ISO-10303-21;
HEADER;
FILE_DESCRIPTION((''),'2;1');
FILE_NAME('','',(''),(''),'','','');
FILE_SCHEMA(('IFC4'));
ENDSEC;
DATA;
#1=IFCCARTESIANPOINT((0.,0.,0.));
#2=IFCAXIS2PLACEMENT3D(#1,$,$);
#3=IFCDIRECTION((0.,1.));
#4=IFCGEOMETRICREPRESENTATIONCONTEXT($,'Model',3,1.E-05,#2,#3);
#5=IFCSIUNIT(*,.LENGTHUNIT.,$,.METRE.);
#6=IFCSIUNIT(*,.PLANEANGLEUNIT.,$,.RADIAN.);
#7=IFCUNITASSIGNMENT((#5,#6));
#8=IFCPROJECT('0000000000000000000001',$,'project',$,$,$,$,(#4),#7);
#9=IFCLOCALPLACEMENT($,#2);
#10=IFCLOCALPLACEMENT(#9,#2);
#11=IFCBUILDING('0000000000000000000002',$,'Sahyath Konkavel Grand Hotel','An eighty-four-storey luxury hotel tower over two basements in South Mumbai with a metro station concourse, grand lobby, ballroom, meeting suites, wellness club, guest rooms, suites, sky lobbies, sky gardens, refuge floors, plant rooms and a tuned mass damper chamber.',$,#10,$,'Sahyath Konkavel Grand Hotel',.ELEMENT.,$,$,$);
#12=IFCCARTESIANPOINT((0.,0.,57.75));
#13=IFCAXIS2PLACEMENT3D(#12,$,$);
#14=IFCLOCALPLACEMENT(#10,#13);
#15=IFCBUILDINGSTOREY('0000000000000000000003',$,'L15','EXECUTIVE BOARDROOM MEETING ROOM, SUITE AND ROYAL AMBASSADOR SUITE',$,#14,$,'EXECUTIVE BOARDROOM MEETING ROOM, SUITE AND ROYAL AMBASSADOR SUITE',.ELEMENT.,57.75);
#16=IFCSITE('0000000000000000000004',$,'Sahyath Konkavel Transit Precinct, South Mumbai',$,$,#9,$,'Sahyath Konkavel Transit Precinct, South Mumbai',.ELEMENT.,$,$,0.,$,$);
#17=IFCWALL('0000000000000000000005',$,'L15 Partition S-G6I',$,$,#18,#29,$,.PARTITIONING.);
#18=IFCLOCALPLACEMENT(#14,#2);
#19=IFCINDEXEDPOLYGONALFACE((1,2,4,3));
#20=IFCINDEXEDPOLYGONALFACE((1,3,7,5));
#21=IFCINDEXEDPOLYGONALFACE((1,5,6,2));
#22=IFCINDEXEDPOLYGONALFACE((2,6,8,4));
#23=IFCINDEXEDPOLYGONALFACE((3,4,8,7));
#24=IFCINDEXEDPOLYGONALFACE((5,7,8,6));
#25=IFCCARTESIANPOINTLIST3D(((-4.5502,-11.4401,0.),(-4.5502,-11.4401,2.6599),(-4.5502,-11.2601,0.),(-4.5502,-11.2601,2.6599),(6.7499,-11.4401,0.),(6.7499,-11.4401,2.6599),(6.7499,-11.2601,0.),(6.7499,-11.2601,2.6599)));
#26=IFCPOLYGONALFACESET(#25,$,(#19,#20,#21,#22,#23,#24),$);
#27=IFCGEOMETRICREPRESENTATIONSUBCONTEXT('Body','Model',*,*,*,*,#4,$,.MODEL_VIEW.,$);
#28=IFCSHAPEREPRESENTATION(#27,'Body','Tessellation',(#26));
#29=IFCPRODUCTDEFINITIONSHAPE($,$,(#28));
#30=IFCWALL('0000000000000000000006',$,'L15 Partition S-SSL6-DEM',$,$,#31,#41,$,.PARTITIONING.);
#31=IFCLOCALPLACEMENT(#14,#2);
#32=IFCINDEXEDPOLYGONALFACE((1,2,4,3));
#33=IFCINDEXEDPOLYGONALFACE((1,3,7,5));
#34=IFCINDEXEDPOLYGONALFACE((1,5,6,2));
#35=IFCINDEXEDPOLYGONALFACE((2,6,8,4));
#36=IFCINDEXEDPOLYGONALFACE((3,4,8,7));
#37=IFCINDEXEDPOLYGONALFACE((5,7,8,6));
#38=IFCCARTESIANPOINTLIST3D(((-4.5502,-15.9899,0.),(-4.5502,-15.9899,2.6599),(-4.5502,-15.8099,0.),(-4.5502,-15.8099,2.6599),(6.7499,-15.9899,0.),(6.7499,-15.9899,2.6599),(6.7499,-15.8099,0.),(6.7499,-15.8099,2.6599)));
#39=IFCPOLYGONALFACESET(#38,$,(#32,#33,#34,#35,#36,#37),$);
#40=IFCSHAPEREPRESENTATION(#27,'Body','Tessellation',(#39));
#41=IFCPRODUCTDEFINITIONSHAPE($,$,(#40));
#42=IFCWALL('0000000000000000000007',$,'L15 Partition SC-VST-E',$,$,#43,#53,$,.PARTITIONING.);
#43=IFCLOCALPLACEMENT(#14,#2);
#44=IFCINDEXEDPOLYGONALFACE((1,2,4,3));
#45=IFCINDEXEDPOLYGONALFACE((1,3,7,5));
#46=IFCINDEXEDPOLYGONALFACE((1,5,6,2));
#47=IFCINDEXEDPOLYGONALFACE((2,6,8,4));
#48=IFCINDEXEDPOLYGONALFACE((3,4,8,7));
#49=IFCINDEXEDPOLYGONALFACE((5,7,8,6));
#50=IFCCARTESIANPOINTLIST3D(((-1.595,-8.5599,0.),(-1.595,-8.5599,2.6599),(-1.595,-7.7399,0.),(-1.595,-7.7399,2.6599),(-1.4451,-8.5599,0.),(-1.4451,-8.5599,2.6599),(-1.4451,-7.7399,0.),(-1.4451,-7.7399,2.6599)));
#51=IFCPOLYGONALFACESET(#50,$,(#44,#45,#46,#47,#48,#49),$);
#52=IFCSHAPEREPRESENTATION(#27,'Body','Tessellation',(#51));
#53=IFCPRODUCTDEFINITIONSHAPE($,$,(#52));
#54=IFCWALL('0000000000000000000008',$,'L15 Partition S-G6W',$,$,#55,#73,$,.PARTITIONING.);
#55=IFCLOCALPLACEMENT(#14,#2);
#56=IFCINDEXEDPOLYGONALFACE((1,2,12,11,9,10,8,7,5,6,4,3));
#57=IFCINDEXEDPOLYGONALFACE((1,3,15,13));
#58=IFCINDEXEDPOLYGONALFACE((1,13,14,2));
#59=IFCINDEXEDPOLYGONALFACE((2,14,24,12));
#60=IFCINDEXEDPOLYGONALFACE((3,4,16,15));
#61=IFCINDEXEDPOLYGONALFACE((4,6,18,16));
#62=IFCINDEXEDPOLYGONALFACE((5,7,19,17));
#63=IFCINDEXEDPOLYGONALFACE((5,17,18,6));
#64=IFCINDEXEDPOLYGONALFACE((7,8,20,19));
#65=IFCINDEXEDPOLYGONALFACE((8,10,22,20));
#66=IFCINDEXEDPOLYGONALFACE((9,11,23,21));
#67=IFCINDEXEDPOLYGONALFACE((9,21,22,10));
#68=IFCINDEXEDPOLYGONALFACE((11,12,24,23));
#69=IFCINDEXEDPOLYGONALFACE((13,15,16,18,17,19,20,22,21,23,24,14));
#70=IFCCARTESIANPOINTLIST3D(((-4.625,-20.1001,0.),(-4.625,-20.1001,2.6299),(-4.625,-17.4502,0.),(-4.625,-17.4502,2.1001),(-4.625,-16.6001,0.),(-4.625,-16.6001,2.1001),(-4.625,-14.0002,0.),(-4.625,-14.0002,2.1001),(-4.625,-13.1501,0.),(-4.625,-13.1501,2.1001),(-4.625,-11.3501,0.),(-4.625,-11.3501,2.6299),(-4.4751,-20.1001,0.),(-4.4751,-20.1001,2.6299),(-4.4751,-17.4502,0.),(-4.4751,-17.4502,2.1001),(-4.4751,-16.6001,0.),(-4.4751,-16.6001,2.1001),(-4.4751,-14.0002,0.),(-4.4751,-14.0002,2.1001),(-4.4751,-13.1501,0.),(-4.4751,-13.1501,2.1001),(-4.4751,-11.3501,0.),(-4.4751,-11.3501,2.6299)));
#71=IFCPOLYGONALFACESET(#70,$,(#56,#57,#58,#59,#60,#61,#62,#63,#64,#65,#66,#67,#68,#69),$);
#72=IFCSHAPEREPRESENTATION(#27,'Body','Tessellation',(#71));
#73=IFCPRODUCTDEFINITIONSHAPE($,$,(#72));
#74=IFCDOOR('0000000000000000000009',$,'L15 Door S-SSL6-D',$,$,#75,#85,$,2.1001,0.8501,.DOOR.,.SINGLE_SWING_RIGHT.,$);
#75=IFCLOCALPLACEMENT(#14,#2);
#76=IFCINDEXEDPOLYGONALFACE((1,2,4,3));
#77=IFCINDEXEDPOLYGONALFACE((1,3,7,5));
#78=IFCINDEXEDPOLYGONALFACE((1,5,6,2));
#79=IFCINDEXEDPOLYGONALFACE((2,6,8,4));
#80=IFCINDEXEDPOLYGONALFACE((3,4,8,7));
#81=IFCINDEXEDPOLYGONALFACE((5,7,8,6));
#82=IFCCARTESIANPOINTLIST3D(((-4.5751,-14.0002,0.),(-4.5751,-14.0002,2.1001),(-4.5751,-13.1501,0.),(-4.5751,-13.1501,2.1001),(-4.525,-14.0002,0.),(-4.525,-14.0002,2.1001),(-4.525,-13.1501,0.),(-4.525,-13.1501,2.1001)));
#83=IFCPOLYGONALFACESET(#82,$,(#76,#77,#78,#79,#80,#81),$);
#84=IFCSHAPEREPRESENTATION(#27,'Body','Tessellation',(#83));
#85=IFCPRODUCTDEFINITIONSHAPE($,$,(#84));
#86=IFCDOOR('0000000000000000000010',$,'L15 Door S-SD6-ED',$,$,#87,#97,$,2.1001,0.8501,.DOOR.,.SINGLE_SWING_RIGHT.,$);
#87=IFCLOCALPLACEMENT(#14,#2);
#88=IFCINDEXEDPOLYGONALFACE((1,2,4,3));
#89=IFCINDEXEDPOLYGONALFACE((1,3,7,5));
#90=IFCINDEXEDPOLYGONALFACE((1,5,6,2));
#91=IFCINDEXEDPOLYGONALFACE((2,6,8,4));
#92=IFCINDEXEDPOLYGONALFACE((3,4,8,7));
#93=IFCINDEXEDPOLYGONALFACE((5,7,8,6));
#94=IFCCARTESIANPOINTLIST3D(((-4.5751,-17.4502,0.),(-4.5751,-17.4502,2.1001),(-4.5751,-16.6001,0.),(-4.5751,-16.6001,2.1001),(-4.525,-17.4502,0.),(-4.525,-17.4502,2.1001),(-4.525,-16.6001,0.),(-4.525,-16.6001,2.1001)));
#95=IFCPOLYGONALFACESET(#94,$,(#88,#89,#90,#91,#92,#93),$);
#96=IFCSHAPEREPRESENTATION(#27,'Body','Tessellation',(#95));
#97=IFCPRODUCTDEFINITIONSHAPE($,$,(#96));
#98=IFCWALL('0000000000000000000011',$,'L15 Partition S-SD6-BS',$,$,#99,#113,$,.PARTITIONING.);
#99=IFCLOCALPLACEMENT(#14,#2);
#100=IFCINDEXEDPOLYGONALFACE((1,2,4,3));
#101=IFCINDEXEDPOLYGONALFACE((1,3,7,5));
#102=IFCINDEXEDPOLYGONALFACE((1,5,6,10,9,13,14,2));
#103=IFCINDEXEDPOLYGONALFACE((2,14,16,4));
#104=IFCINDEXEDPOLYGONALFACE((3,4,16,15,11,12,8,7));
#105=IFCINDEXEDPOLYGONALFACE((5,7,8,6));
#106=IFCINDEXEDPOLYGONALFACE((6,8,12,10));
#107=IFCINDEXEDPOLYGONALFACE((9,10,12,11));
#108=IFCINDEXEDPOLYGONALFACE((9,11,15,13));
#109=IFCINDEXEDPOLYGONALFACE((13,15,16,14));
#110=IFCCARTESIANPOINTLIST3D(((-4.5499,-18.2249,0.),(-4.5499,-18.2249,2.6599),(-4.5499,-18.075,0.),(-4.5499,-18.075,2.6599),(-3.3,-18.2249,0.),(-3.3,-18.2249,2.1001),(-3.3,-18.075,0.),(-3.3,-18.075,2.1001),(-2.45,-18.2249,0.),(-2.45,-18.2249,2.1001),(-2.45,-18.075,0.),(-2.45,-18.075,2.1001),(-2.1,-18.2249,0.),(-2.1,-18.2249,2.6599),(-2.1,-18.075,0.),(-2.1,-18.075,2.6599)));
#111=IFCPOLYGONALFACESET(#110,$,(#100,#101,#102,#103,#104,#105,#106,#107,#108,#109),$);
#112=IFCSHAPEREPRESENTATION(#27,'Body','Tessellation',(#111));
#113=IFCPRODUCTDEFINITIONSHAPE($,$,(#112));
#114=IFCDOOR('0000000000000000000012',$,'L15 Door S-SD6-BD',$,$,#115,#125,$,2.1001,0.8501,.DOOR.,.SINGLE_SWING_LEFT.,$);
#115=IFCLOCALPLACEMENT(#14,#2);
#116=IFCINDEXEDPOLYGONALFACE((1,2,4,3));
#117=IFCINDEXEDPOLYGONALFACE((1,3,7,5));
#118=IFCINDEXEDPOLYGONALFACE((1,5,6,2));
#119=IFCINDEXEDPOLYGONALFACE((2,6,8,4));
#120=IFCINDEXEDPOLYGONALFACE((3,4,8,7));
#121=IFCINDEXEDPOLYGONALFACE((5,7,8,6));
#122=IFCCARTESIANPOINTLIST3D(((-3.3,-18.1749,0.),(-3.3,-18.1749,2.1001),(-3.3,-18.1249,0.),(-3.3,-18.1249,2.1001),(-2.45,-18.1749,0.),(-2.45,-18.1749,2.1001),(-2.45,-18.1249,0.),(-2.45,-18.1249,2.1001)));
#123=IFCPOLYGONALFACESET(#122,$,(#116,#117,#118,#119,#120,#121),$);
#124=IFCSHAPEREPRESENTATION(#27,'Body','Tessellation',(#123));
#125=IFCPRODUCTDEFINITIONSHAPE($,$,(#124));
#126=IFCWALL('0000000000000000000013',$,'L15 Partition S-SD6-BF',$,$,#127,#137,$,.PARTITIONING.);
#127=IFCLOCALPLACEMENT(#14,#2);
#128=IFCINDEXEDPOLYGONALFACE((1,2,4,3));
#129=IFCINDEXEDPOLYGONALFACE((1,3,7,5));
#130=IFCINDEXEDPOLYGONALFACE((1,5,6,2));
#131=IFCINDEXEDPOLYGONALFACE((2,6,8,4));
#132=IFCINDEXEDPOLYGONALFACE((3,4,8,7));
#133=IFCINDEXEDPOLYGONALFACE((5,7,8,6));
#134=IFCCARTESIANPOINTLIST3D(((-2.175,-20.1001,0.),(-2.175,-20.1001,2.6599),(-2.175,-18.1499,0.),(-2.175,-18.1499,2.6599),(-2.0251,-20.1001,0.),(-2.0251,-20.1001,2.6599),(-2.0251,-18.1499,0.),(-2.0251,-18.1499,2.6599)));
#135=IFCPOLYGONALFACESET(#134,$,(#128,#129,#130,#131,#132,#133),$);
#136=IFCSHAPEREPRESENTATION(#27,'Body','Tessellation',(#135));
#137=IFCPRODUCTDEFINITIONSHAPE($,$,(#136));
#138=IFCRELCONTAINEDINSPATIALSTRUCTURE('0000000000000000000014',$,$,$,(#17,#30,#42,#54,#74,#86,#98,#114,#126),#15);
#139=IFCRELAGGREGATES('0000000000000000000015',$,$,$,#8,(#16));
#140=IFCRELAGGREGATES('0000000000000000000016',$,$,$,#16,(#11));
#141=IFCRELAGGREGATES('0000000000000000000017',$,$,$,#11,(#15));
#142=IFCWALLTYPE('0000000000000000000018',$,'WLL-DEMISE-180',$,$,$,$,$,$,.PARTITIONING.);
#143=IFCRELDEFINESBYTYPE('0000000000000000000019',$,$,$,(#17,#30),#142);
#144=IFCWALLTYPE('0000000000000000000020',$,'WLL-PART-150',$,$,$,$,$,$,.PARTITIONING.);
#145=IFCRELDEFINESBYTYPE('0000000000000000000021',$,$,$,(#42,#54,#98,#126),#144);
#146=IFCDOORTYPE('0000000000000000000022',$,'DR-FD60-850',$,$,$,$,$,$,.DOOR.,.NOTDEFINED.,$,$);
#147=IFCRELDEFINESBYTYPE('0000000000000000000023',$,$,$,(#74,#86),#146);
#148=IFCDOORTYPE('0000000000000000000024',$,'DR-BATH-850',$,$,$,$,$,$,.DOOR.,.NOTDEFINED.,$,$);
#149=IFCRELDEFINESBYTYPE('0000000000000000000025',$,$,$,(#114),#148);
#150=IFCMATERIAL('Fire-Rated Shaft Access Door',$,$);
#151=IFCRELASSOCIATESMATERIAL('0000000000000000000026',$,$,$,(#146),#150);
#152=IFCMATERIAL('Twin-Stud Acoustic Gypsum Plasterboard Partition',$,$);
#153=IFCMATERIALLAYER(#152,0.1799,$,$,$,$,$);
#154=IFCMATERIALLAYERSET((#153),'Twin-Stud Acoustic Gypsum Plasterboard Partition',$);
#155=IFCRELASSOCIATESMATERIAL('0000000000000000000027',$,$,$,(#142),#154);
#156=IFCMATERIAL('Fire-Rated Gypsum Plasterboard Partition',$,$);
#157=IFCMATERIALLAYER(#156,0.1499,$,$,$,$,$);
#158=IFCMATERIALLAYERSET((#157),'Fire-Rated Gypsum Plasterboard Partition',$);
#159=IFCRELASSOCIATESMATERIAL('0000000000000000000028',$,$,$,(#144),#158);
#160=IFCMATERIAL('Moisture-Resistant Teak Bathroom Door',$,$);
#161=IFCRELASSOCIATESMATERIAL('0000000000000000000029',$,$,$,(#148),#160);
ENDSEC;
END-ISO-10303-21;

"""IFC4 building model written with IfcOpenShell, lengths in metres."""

from ifc_helpers import new_model, si_unit, direction, frame, frame_2d, origin, origin_2d, place, context, subcontext, project, spatial, rectangle, extrude, source, transform, mapped, material, layer, layer_set, type_object, element, fill, save


model = new_model("IFC4")

# Units and contexts
model_context = context("Model", 3, precision=1e-05, world=origin(), true_north=direction((0.0, 1.0)))
body_context = subcontext(model_context, "Body", "Model", "MODEL_VIEW")
ifc_project = project(units=[si_unit("LENGTHUNIT", "METRE"), si_unit("PLANEANGLEUNIT", "RADIAN")], contexts=[model_context])

# Site, building, storey
site_placement = place(None, origin())
site = spatial("IfcSite", under=ifc_project, at=site_placement, Name="Sahyath Konkavel Transit Precinct, South Mumbai", LongName="Sahyath Konkavel Transit Precinct, South Mumbai", CompositionType="ELEMENT", RefElevation=0.0)
building_placement = place(site_placement, origin())
building = spatial("IfcBuilding", under=site, at=building_placement, Name="Sahyath Konkavel Grand Hotel", Description="An eighty-four-storey luxury hotel tower over two basements in South Mumbai with a metro station concourse, grand lobby, ballroom, meeting suites, wellness club, guest rooms, suites, sky lobbies, sky gardens, refuge floors, plant rooms and a tuned mass damper chamber.", LongName="Sahyath Konkavel Grand Hotel", CompositionType="ELEMENT")
storey_placement = place(building_placement, frame((0.0, 0.0, 57.75)))
storey = spatial("IfcBuildingStorey", under=building, at=storey_placement, Name="L15", Description="EXECUTIVE BOARDROOM MEETING ROOM, SUITE AND ROYAL AMBASSADOR SUITE", LongName="EXECUTIVE BOARDROOM MEETING ROOM, SUITE AND ROYAL AMBASSADOR SUITE", CompositionType="ELEMENT", Elevation=57.75)

# Shared definitions
shared_shape_1 = source(origin(), body_context, "Body", "SweptSolid", [
    extrude(rectangle(XDim=0.8501, YDim=0.05, at=origin_2d()), origin(), (0.0, 0.0, 1.0), 2.1001),
])

# Shared definitions
ifc_material_1 = material(Name="Fire-Rated Shaft Access Door")
door_type_1 = type_object("IfcDoorType", Name="DR-FD60-850", OperationType="NOTDEFINED", PredefinedType="DOOR", material=ifc_material_1)

# Walls
ifc_material_2 = material(Name="Twin-Stud Acoustic Gypsum Plasterboard Partition")
ifc_layer_1 = layer(ifc_material_2, 0.1799)
ifc_layer_set_1 = layer_set([ifc_layer_1], Name="Twin-Stud Acoustic Gypsum Plasterboard Partition")
wall_type_1 = type_object("IfcWallType", Name="WLL-DEMISE-180", PredefinedType="PARTITIONING", material=ifc_layer_set_1)
for number, where, z_axis, x_axis, name in (
    (1, (-4.55, -11.3501, 0.0), (0.0, 0.0, 1.0), (1.0, 0.0, 0.0), "L15 Partition S-G6I"),
    (2, (-4.55, -15.8999, 0.0), (0.0, 0.0, 1.0), (1.0, 0.0, 0.0), "L15 Partition S-SSL6-DEM"),
):
    element("IfcWall", number, at=place(storey_placement, frame(where, z_axis=z_axis, x_axis=x_axis)), inside=storey, type_object=wall_type_1, Name=name, PredefinedType="PARTITIONING", context=body_context, shape_type="SweptSolid", body=[
        extrude(rectangle(XDim=11.3, YDim=0.1799, at=frame_2d((5.6499, 0.0))), origin(), (0.0, 0.0, 1.0), 2.6599),
    ])
ifc_material_3 = material(Name="Fire-Rated Gypsum Plasterboard Partition")
ifc_layer_2 = layer(ifc_material_3, 0.1499)
ifc_layer_set_2 = layer_set([ifc_layer_2], Name="Fire-Rated Gypsum Plasterboard Partition")
wall_type_2 = type_object("IfcWallType", Name="WLL-PART-150", PredefinedType="PARTITIONING", material=ifc_layer_set_2)
wall_1_placement = place(storey_placement, frame((-1.52, -8.5601, 0.0), z_axis=(0.0, 0.0, 1.0), x_axis=(0.0, 1.0, 0.0)))
element("IfcWall", 3, at=wall_1_placement, inside=storey, type_object=wall_type_2, Name="L15 Partition SC-VST-E", PredefinedType="PARTITIONING", context=body_context, shape_type="SweptSolid", body=[
    extrude(rectangle(XDim=0.8201, YDim=0.1499, at=frame_2d((0.4102, 0.0))), origin(), (0.0, 0.0, 1.0), 2.6599),
])

# Wall, openings, doors
wall_2_placement = place(storey_placement, frame((-4.55, -11.3501, 0.0), z_axis=(0.0, 0.0, 1.0), x_axis=(0.0, -1.0, 0.0)))
wall_2 = element("IfcWall", 4, at=wall_2_placement, inside=storey, type_object=wall_type_2, Name="L15 Partition S-G6W", PredefinedType="PARTITIONING", context=body_context, shape_type="SweptSolid", body=[
    extrude(rectangle(XDim=8.75, YDim=0.1499, at=frame_2d((4.375, 0.0))), origin(), (0.0, 0.0, 1.0), 2.6299),
])
opening_1_placement = place(wall_2_placement, frame((1.8, 0.0, 0.0)))
opening_1 = element("IfcOpeningElement", 5, at=opening_1_placement, cuts=wall_2, PredefinedType="OPENING", context=body_context, shape_type="SweptSolid", body=[
    extrude(rectangle(XDim=0.8501, YDim=2.1001, at=frame_2d((0.425, 1.05))), frame((0.0, 0.085, 0.0), z_axis=(0.0, -1.0, 0.0), x_axis=(1.0, 0.0, 0.0)), (0.0, 0.0, 1.0), 0.1699),
])
opening_2_placement = place(wall_2_placement, frame((5.25, 0.0, 0.0)))
opening_2 = element("IfcOpeningElement", 6, at=opening_2_placement, cuts=wall_2, PredefinedType="OPENING", context=body_context, shape_type="SweptSolid", body=[
    extrude(rectangle(XDim=0.8501, YDim=2.1001, at=frame_2d((0.425, 1.05))), frame((0.0, 0.085, 0.0), z_axis=(0.0, -1.0, 0.0), x_axis=(1.0, 0.0, 0.0)), (0.0, 0.0, 1.0), 0.1699),
])
door_1_placement = place(opening_1_placement, frame((0.425, 0.0, 0.0)))
door_1 = element("IfcDoor", 7, at=door_1_placement, inside=storey, type_object=door_type_1, Name="L15 Door S-SSL6-D", OperationType="SINGLE_SWING_RIGHT", OverallHeight=2.1001, OverallWidth=0.8501, PredefinedType="DOOR", context=body_context, shape_type="MappedRepresentation", body=[
    mapped(shared_shape_1, transform((0.0, 0.0, 0.0), scale=1.0)),
])
fill(opening_1, door_1)
door_2_placement = place(opening_2_placement, frame((0.425, 0.0, 0.0)))
door_2 = element("IfcDoor", 8, at=door_2_placement, inside=storey, type_object=door_type_1, Name="L15 Door S-SD6-ED", OperationType="SINGLE_SWING_RIGHT", OverallHeight=2.1001, OverallWidth=0.8501, PredefinedType="DOOR", context=body_context, shape_type="MappedRepresentation", body=[
    mapped(shared_shape_1, transform((0.0, 0.0, 0.0), scale=1.0)),
])
fill(opening_2, door_2)

# Wall, opening, door
wall_3_placement = place(storey_placement, frame((-4.55, -18.1499, 0.0), z_axis=(0.0, 0.0, 1.0), x_axis=(1.0, 0.0, 0.0)))
wall_3 = element("IfcWall", 9, at=wall_3_placement, inside=storey, type_object=wall_type_2, Name="L15 Partition S-SD6-BS", PredefinedType="PARTITIONING", context=body_context, shape_type="SweptSolid", body=[
    extrude(rectangle(XDim=2.45, YDim=0.1499, at=frame_2d((1.2251, 0.0))), origin(), (0.0, 0.0, 1.0), 2.6599),
])
opening_3_placement = place(wall_3_placement, frame((1.25, 0.0, 0.0)))
opening_3 = element("IfcOpeningElement", 10, at=opening_3_placement, cuts=wall_3, PredefinedType="OPENING", context=body_context, shape_type="SweptSolid", body=[
    extrude(rectangle(XDim=0.8501, YDim=2.1001, at=frame_2d((0.425, 1.05))), frame((0.0, 0.085, 0.0), z_axis=(0.0, -1.0, 0.0), x_axis=(1.0, 0.0, 0.0)), (0.0, 0.0, 1.0), 0.1699),
])
ifc_material_4 = material(Name="Moisture-Resistant Teak Bathroom Door")
door_type_2 = type_object("IfcDoorType", Name="DR-BATH-850", OperationType="NOTDEFINED", PredefinedType="DOOR", material=ifc_material_4)
door_3_placement = place(opening_3_placement, frame((0.425, 0.0, 0.0)))
door_3 = element("IfcDoor", 11, at=door_3_placement, inside=storey, type_object=door_type_2, Name="L15 Door S-SD6-BD", OperationType="SINGLE_SWING_LEFT", OverallHeight=2.1001, OverallWidth=0.8501, PredefinedType="DOOR", context=body_context, shape_type="MappedRepresentation", body=[
    mapped(shared_shape_1, transform((0.0, 0.0, 0.0), scale=1.0)),
])
fill(opening_3, door_3)

# Wall
wall_4_placement = place(storey_placement, frame((-2.1001, -18.1499, 0.0), z_axis=(0.0, 0.0, 1.0), x_axis=(0.0, -1.0, 0.0)))
element("IfcWall", 12, at=wall_4_placement, inside=storey, type_object=wall_type_2, Name="L15 Partition S-SD6-BF", PredefinedType="PARTITIONING", context=body_context, shape_type="SweptSolid", body=[
    extrude(rectangle(XDim=1.9502, YDim=0.1499, at=frame_2d((0.9751, 0.0))), origin(), (0.0, 0.0, 1.0), 2.6599),
])

save(model, "model.ifc")
